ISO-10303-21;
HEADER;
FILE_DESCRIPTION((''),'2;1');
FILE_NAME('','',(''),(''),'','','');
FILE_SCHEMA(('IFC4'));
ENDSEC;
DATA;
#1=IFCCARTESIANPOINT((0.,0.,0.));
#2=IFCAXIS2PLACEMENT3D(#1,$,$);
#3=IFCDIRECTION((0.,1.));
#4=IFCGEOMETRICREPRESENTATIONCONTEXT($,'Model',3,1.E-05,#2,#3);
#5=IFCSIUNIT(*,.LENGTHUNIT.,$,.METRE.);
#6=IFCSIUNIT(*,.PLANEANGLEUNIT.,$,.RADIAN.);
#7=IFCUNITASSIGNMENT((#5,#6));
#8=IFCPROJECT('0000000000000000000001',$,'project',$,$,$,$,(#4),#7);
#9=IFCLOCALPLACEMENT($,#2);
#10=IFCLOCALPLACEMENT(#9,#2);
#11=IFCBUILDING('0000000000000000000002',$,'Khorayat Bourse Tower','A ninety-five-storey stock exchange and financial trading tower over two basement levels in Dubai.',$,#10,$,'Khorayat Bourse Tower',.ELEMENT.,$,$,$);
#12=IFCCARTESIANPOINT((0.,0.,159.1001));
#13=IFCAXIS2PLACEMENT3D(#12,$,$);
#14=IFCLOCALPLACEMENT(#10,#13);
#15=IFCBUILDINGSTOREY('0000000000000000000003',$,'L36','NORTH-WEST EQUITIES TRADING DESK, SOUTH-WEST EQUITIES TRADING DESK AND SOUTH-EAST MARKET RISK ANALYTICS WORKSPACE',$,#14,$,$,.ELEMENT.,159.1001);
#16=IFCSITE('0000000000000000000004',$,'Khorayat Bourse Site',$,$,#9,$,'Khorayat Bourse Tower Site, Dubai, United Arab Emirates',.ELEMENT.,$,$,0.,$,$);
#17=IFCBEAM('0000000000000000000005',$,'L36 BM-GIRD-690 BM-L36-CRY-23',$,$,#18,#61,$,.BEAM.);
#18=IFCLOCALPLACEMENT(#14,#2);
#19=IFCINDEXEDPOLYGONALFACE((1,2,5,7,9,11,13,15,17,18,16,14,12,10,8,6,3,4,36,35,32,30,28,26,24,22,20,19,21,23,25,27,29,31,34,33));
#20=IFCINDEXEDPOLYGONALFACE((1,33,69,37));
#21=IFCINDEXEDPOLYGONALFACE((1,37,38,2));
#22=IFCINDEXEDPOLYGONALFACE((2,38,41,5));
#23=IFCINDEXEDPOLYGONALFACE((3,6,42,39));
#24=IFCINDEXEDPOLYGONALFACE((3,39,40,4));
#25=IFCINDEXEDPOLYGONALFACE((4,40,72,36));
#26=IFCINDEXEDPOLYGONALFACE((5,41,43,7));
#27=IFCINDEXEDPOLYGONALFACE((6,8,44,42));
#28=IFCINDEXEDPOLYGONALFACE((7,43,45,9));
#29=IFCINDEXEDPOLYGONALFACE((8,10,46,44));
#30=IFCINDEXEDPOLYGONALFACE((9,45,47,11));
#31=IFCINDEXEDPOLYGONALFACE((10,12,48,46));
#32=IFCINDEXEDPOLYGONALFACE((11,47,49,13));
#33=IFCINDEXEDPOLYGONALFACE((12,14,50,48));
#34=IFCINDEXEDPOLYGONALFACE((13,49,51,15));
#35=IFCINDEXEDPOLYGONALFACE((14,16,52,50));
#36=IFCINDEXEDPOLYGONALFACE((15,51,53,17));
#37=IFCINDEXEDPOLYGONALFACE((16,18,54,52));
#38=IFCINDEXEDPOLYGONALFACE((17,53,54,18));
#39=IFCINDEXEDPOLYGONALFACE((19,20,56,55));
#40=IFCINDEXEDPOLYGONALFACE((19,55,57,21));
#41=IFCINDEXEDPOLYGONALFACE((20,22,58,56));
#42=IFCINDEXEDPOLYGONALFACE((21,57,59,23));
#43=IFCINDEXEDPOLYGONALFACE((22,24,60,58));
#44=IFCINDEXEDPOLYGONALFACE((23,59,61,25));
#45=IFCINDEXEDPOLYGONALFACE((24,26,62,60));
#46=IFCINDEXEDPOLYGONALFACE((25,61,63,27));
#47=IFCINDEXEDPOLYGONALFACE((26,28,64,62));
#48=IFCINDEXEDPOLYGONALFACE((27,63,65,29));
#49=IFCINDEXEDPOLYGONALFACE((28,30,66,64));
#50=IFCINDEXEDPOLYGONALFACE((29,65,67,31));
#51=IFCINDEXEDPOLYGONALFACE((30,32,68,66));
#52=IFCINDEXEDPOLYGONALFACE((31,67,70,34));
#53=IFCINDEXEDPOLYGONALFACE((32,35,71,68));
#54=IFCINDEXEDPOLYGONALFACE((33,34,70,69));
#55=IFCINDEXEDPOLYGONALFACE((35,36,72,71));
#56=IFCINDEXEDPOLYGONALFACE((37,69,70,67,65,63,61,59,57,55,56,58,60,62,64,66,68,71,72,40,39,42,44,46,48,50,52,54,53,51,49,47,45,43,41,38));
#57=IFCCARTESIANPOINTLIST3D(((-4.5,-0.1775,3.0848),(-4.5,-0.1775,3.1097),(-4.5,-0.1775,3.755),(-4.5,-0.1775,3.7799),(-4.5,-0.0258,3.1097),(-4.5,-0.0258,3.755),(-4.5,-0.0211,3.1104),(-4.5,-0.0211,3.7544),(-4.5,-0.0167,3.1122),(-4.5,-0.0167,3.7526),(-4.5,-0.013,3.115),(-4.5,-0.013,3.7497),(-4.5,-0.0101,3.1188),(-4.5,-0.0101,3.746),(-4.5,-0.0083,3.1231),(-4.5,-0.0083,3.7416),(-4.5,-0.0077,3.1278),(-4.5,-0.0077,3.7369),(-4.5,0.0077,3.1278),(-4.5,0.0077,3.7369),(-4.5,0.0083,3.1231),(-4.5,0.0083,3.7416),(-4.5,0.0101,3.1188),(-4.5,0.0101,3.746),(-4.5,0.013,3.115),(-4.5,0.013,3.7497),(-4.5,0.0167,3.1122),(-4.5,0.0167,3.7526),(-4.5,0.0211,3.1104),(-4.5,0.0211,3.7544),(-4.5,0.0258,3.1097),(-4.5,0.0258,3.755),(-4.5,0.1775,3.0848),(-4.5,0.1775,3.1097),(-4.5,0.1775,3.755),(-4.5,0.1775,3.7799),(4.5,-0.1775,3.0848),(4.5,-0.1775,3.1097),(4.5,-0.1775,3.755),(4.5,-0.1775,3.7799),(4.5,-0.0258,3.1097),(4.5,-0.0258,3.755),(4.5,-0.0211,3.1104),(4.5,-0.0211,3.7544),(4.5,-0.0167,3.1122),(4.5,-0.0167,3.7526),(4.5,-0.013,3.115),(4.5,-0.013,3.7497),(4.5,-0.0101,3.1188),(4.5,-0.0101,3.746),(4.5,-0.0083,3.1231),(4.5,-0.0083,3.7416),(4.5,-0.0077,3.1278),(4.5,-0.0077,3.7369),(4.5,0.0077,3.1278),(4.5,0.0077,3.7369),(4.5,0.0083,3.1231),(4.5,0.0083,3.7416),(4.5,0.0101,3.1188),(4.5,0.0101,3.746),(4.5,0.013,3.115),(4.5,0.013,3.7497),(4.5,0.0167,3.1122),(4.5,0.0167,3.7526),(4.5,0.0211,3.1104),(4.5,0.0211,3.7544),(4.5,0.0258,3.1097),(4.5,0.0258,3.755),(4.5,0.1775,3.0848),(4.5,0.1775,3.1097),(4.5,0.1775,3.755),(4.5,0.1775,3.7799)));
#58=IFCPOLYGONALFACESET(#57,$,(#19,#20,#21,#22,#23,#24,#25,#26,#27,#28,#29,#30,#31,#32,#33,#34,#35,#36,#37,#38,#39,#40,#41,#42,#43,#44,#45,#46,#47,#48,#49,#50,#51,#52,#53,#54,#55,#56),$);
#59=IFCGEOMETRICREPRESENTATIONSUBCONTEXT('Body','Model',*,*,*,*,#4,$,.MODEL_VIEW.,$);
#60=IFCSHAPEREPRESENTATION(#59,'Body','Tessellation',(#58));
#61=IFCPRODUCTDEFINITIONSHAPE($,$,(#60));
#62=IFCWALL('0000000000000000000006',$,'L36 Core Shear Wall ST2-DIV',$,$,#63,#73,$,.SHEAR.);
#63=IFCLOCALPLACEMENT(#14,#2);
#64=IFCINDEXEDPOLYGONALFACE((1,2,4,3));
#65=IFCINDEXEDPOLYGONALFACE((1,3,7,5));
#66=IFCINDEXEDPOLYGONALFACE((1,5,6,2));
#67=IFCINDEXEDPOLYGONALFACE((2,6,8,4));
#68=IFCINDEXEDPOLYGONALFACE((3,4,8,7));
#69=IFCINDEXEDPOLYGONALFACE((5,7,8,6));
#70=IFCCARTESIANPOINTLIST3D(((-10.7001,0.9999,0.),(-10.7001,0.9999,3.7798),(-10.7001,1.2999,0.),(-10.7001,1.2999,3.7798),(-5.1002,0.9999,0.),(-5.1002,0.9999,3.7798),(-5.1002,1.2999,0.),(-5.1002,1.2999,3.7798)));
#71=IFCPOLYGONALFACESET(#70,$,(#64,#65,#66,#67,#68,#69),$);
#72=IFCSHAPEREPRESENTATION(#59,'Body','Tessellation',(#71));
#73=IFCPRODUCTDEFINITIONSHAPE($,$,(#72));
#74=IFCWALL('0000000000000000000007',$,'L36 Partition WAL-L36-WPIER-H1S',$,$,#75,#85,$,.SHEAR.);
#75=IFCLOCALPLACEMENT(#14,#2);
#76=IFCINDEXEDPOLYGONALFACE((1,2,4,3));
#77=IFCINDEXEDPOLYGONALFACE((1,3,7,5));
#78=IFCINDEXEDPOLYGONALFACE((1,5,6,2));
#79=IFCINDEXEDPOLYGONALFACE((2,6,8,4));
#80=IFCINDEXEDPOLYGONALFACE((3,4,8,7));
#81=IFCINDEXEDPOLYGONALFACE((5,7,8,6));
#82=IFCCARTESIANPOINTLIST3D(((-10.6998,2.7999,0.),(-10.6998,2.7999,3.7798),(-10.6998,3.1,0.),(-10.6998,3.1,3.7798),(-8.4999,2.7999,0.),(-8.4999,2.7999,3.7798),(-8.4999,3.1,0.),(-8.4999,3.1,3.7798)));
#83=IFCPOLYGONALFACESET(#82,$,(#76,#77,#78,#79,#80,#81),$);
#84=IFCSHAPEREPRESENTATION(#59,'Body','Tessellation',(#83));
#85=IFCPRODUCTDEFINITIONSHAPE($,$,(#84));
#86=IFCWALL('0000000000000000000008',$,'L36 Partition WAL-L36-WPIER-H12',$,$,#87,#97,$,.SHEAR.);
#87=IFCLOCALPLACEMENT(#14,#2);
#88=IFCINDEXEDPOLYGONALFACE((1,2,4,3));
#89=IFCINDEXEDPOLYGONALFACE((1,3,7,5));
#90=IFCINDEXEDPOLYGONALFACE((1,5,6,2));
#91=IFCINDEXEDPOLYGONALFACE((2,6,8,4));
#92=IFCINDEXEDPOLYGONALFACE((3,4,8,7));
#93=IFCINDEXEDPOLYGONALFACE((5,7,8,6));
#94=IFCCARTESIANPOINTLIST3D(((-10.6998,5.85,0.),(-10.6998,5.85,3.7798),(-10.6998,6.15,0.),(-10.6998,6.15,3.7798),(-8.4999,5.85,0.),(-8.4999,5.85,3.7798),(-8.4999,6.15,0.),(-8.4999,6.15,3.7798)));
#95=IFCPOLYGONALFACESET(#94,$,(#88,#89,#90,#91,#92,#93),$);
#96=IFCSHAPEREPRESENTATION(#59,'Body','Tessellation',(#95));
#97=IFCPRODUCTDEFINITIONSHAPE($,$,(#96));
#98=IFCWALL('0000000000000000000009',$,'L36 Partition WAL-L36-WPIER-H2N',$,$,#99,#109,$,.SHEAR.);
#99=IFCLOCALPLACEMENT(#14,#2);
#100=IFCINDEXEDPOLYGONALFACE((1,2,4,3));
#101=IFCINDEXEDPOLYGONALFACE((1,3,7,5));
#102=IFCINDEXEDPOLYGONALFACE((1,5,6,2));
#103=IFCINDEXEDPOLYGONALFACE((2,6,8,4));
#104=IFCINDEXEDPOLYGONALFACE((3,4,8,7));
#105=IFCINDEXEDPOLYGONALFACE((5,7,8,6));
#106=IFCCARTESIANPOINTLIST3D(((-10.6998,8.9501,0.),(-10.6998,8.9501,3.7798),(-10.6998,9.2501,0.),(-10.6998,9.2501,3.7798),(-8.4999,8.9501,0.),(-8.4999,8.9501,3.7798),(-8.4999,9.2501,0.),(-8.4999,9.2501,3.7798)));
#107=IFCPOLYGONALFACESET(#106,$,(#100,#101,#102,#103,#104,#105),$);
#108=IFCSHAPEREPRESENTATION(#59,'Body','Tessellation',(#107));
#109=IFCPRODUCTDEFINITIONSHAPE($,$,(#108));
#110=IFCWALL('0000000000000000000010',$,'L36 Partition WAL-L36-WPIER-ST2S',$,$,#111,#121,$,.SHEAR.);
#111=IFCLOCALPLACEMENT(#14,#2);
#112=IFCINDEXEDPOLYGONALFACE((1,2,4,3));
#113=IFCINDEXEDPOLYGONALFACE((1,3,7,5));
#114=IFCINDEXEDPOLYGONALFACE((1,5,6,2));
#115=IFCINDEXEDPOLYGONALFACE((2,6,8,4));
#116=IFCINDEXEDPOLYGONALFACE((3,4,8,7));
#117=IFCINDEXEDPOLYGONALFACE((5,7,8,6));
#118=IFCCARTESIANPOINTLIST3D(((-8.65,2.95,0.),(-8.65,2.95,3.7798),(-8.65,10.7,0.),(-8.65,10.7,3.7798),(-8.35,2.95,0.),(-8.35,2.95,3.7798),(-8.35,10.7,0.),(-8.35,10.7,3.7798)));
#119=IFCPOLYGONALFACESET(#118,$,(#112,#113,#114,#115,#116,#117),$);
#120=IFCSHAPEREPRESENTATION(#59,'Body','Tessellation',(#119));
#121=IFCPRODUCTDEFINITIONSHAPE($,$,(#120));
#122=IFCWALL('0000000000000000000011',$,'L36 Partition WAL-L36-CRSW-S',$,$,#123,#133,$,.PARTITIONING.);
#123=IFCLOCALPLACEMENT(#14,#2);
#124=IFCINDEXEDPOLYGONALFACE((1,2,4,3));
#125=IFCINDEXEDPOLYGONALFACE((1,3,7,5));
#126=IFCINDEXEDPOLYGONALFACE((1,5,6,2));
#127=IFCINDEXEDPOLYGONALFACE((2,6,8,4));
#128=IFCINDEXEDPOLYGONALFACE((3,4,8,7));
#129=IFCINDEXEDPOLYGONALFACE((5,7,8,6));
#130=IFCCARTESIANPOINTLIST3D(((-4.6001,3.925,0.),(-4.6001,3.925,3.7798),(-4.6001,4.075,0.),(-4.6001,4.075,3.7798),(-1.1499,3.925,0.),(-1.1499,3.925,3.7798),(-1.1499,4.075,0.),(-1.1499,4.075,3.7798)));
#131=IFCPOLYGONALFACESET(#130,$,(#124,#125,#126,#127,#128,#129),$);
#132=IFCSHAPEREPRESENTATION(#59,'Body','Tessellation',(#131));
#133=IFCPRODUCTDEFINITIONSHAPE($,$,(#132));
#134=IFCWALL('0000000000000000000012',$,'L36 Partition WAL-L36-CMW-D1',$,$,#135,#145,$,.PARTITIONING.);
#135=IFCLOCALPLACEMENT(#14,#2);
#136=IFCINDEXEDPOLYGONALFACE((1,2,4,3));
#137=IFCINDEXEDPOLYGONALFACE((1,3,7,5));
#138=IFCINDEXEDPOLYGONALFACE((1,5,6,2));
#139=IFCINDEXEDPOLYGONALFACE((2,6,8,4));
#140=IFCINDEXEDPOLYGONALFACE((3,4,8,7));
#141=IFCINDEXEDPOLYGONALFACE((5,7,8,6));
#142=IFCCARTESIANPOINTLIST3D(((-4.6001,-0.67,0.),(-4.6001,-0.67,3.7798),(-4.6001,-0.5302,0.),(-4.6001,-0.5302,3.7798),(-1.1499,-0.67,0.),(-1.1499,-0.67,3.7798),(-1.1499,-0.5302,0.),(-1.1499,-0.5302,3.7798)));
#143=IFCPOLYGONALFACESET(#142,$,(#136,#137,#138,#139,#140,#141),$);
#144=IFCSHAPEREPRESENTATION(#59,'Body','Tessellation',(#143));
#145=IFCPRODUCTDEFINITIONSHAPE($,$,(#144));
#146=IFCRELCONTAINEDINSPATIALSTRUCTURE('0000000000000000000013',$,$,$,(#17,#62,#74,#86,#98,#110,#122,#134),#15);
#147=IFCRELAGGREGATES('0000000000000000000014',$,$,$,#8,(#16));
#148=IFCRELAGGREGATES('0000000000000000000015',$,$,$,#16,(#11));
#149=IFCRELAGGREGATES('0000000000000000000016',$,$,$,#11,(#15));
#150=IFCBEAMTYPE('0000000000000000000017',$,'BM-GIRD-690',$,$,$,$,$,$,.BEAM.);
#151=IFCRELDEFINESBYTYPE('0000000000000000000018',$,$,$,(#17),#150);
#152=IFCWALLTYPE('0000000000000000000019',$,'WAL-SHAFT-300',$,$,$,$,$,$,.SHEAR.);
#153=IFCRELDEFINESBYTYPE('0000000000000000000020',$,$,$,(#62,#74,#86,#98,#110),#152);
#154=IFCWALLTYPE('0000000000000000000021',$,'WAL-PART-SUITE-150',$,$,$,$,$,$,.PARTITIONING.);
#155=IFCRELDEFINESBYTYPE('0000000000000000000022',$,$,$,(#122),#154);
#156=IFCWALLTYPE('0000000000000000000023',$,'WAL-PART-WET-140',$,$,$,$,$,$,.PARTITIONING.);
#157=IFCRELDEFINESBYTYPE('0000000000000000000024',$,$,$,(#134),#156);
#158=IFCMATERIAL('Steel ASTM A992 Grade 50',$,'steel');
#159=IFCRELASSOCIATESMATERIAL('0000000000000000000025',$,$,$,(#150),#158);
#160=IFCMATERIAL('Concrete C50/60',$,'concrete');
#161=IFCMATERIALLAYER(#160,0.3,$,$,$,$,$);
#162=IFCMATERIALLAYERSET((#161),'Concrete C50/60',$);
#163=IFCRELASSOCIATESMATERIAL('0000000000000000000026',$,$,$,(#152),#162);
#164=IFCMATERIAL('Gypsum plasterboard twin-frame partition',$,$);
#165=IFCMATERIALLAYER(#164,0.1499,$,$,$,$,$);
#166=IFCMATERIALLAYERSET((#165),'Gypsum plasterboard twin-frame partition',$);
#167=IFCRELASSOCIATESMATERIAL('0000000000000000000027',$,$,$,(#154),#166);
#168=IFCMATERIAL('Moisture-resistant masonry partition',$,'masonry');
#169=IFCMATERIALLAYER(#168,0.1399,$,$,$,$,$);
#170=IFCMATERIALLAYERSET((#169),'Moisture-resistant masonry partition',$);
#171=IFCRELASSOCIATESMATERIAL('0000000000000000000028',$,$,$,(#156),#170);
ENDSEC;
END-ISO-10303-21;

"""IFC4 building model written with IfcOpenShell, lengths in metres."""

from ifc_helpers import new_model, si_unit, direction, frame, frame_2d, origin, origin_2d, place, context, subcontext, project, spatial, rectangle, i_section, extrude, source, transform, mapped, material, layer, layer_set, material_profile, profile_set, type_object, element, save


model = new_model("IFC4")

# Units and contexts
model_context = context("Model", 3, precision=1e-05, world=origin(), true_north=direction((0.0, 1.0)))
body_context = subcontext(model_context, "Body", "Model", "MODEL_VIEW")
ifc_project = project(units=[si_unit("LENGTHUNIT", "METRE"), si_unit("PLANEANGLEUNIT", "RADIAN")], contexts=[model_context])

# Site, building, storey
site_placement = place(None, origin())
site = spatial("IfcSite", under=ifc_project, at=site_placement, Name="Khorayat Bourse Site", LongName="Khorayat Bourse Tower Site, Dubai, United Arab Emirates", CompositionType="ELEMENT", RefElevation=0.0)
building_placement = place(site_placement, origin())
building = spatial("IfcBuilding", under=site, at=building_placement, Name="Khorayat Bourse Tower", Description="A ninety-five-storey stock exchange and financial trading tower over two basement levels in Dubai.", LongName="Khorayat Bourse Tower", CompositionType="ELEMENT")
storey_placement = place(building_placement, frame((0.0, 0.0, 159.1001)))
storey = spatial("IfcBuildingStorey", under=building, at=storey_placement, Name="L36", Description="NORTH-WEST EQUITIES TRADING DESK, SOUTH-WEST EQUITIES TRADING DESK AND SOUTH-EAST MARKET RISK ANALYTICS WORKSPACE", CompositionType="ELEMENT", Elevation=159.1001)

# Beam
ifc_material_1 = material(Name="Steel ASTM A992 Grade 50", Category="steel")
ifc_material_profile_1 = material_profile(ifc_material_1, i_section(OverallWidth=0.355, OverallDepth=0.6951, WebThickness=0.0154, FlangeThickness=0.0249, FilletRadius=0.0181, at=origin_2d()), Name="W690X217")
ifc_profile_set_1 = profile_set([ifc_material_profile_1], Name="Steel ASTM A992 Grade 50")
beam_type = type_object("IfcBeamType", Name="BM-GIRD-690", PredefinedType="BEAM", material=ifc_profile_set_1)
shared_shape_1 = source(origin(), body_context, "Body", "SweptSolid", [
    extrude(i_section(OverallWidth=0.355, OverallDepth=0.6951, WebThickness=0.0154, FlangeThickness=0.0249, FilletRadius=0.0181, at=origin_2d()), origin(), (0.0, 0.0, 1.0), 9.0),
])
beam_1_placement = place(storey_placement, frame((-4.5, 0.0, 3.4324), z_axis=(1.0, 0.0, 0.0), x_axis=(0.0, 1.0, 0.0)))
element("IfcBeam", 1, at=beam_1_placement, inside=storey, type_object=beam_type, Name="L36 BM-GIRD-690 BM-L36-CRY-23", PredefinedType="BEAM", context=body_context, shape_type="MappedRepresentation", body=[
    mapped(shared_shape_1, transform((0.0, 0.0, 0.0), scale=1.0)),
])

# Walls
ifc_material_2 = material(Name="Concrete C50/60", Category="concrete")
ifc_layer_1 = layer(ifc_material_2, 0.3)
ifc_layer_set_1 = layer_set([ifc_layer_1], Name="Concrete C50/60")
wall_type_1 = type_object("IfcWallType", Name="WAL-SHAFT-300", PredefinedType="SHEAR", material=ifc_layer_set_1)
shared_shape_2 = source(origin(), body_context, "Body", "SweptSolid", [
    extrude(rectangle(XDim=5.5999, YDim=0.3, at=frame_2d((2.7998, 0.0))), origin(), (0.0, 0.0, 1.0), 3.7798),
])
wall_1_placement = place(storey_placement, frame((-10.7, 1.1499, 0.0), z_axis=(0.0, 0.0, 1.0), x_axis=(1.0, 0.0, 0.0)))
element("IfcWall", 2, at=wall_1_placement, inside=storey, type_object=wall_type_1, Name="L36 Core Shear Wall ST2-DIV", PredefinedType="SHEAR", context=body_context, shape_type="MappedRepresentation", body=[
    mapped(shared_shape_2, transform((0.0, 0.0, 0.0), scale=1.0)),
])
shared_shape_3 = source(origin(), body_context, "Body", "SweptSolid", [
    extrude(rectangle(XDim=2.2, YDim=0.3, at=frame_2d((1.1001, 0.0))), origin(), (0.0, 0.0, 1.0), 3.7798),
])
for number, where, z_axis, x_axis, name in (
    (3, (-10.7, 2.95, 0.0), (0.0, 0.0, 1.0), (1.0, 0.0, 0.0), "L36 Partition WAL-L36-WPIER-H1S"),
    (4, (-10.7, 6.0, 0.0), (0.0, 0.0, 1.0), (1.0, 0.0, 0.0), "L36 Partition WAL-L36-WPIER-H12"),
    (5, (-10.7, 9.1001, 0.0), (0.0, 0.0, 1.0), (1.0, 0.0, 0.0), "L36 Partition WAL-L36-WPIER-H2N"),
):
    element("IfcWall", number, at=place(storey_placement, frame(where, z_axis=z_axis, x_axis=x_axis)), inside=storey, type_object=wall_type_1, Name=name, PredefinedType="SHEAR", context=body_context, shape_type="MappedRepresentation", body=[
        mapped(shared_shape_3, transform((0.0, 0.0, 0.0), scale=1.0)),
    ])
shared_shape_4 = source(origin(), body_context, "Body", "SweptSolid", [
    extrude(rectangle(XDim=7.75, YDim=0.3, at=frame_2d((3.875, 0.0))), origin(), (0.0, 0.0, 1.0), 3.7798),
])
wall_2_placement = place(storey_placement, frame((-8.5, 2.95, 0.0), z_axis=(0.0, 0.0, 1.0), x_axis=(0.0, 1.0, 0.0)))
element("IfcWall", 6, at=wall_2_placement, inside=storey, type_object=wall_type_1, Name="L36 Partition WAL-L36-WPIER-ST2S", PredefinedType="SHEAR", context=body_context, shape_type="MappedRepresentation", body=[
    mapped(shared_shape_4, transform((0.0, 0.0, 0.0), scale=1.0)),
])
ifc_material_3 = material(Name="Gypsum plasterboard twin-frame partition")
ifc_layer_2 = layer(ifc_material_3, 0.1499)
ifc_layer_set_2 = layer_set([ifc_layer_2], Name="Gypsum plasterboard twin-frame partition")
wall_type_2 = type_object("IfcWallType", Name="WAL-PART-SUITE-150", PredefinedType="PARTITIONING", material=ifc_layer_set_2)
shared_shape_5 = source(origin(), body_context, "Body", "SweptSolid", [
    extrude(rectangle(XDim=3.4502, YDim=0.1499, at=frame_2d((1.7251, 0.0))), origin(), (0.0, 0.0, 1.0), 3.7798),
])
wall_3_placement = place(storey_placement, frame((-4.6001, 4.0, 0.0), z_axis=(0.0, 0.0, 1.0), x_axis=(1.0, 0.0, 0.0)))
element("IfcWall", 7, at=wall_3_placement, inside=storey, type_object=wall_type_2, Name="L36 Partition WAL-L36-CRSW-S", PredefinedType="PARTITIONING", context=body_context, shape_type="MappedRepresentation", body=[
    mapped(shared_shape_5, transform((0.0, 0.0, 0.0), scale=1.0)),
])
ifc_material_4 = material(Name="Moisture-resistant masonry partition", Category="masonry")
ifc_layer_3 = layer(ifc_material_4, 0.1399)
ifc_layer_set_3 = layer_set([ifc_layer_3], Name="Moisture-resistant masonry partition")
wall_type_3 = type_object("IfcWallType", Name="WAL-PART-WET-140", PredefinedType="PARTITIONING", material=ifc_layer_set_3)
shared_shape_6 = source(origin(), body_context, "Body", "SweptSolid", [
    extrude(rectangle(XDim=3.4502, YDim=0.1399, at=frame_2d((1.7251, 0.0))), origin(), (0.0, 0.0, 1.0), 3.7798),
])
wall_4_placement = place(storey_placement, frame((-4.6001, -0.6001, 0.0), z_axis=(0.0, 0.0, 1.0), x_axis=(1.0, 0.0, 0.0)))
element("IfcWall", 8, at=wall_4_placement, inside=storey, type_object=wall_type_3, Name="L36 Partition WAL-L36-CMW-D1", PredefinedType="PARTITIONING", context=body_context, shape_type="MappedRepresentation", body=[
    mapped(shared_shape_6, transform((0.0, 0.0, 0.0), scale=1.0)),
])

save(model, "model.ifc")
